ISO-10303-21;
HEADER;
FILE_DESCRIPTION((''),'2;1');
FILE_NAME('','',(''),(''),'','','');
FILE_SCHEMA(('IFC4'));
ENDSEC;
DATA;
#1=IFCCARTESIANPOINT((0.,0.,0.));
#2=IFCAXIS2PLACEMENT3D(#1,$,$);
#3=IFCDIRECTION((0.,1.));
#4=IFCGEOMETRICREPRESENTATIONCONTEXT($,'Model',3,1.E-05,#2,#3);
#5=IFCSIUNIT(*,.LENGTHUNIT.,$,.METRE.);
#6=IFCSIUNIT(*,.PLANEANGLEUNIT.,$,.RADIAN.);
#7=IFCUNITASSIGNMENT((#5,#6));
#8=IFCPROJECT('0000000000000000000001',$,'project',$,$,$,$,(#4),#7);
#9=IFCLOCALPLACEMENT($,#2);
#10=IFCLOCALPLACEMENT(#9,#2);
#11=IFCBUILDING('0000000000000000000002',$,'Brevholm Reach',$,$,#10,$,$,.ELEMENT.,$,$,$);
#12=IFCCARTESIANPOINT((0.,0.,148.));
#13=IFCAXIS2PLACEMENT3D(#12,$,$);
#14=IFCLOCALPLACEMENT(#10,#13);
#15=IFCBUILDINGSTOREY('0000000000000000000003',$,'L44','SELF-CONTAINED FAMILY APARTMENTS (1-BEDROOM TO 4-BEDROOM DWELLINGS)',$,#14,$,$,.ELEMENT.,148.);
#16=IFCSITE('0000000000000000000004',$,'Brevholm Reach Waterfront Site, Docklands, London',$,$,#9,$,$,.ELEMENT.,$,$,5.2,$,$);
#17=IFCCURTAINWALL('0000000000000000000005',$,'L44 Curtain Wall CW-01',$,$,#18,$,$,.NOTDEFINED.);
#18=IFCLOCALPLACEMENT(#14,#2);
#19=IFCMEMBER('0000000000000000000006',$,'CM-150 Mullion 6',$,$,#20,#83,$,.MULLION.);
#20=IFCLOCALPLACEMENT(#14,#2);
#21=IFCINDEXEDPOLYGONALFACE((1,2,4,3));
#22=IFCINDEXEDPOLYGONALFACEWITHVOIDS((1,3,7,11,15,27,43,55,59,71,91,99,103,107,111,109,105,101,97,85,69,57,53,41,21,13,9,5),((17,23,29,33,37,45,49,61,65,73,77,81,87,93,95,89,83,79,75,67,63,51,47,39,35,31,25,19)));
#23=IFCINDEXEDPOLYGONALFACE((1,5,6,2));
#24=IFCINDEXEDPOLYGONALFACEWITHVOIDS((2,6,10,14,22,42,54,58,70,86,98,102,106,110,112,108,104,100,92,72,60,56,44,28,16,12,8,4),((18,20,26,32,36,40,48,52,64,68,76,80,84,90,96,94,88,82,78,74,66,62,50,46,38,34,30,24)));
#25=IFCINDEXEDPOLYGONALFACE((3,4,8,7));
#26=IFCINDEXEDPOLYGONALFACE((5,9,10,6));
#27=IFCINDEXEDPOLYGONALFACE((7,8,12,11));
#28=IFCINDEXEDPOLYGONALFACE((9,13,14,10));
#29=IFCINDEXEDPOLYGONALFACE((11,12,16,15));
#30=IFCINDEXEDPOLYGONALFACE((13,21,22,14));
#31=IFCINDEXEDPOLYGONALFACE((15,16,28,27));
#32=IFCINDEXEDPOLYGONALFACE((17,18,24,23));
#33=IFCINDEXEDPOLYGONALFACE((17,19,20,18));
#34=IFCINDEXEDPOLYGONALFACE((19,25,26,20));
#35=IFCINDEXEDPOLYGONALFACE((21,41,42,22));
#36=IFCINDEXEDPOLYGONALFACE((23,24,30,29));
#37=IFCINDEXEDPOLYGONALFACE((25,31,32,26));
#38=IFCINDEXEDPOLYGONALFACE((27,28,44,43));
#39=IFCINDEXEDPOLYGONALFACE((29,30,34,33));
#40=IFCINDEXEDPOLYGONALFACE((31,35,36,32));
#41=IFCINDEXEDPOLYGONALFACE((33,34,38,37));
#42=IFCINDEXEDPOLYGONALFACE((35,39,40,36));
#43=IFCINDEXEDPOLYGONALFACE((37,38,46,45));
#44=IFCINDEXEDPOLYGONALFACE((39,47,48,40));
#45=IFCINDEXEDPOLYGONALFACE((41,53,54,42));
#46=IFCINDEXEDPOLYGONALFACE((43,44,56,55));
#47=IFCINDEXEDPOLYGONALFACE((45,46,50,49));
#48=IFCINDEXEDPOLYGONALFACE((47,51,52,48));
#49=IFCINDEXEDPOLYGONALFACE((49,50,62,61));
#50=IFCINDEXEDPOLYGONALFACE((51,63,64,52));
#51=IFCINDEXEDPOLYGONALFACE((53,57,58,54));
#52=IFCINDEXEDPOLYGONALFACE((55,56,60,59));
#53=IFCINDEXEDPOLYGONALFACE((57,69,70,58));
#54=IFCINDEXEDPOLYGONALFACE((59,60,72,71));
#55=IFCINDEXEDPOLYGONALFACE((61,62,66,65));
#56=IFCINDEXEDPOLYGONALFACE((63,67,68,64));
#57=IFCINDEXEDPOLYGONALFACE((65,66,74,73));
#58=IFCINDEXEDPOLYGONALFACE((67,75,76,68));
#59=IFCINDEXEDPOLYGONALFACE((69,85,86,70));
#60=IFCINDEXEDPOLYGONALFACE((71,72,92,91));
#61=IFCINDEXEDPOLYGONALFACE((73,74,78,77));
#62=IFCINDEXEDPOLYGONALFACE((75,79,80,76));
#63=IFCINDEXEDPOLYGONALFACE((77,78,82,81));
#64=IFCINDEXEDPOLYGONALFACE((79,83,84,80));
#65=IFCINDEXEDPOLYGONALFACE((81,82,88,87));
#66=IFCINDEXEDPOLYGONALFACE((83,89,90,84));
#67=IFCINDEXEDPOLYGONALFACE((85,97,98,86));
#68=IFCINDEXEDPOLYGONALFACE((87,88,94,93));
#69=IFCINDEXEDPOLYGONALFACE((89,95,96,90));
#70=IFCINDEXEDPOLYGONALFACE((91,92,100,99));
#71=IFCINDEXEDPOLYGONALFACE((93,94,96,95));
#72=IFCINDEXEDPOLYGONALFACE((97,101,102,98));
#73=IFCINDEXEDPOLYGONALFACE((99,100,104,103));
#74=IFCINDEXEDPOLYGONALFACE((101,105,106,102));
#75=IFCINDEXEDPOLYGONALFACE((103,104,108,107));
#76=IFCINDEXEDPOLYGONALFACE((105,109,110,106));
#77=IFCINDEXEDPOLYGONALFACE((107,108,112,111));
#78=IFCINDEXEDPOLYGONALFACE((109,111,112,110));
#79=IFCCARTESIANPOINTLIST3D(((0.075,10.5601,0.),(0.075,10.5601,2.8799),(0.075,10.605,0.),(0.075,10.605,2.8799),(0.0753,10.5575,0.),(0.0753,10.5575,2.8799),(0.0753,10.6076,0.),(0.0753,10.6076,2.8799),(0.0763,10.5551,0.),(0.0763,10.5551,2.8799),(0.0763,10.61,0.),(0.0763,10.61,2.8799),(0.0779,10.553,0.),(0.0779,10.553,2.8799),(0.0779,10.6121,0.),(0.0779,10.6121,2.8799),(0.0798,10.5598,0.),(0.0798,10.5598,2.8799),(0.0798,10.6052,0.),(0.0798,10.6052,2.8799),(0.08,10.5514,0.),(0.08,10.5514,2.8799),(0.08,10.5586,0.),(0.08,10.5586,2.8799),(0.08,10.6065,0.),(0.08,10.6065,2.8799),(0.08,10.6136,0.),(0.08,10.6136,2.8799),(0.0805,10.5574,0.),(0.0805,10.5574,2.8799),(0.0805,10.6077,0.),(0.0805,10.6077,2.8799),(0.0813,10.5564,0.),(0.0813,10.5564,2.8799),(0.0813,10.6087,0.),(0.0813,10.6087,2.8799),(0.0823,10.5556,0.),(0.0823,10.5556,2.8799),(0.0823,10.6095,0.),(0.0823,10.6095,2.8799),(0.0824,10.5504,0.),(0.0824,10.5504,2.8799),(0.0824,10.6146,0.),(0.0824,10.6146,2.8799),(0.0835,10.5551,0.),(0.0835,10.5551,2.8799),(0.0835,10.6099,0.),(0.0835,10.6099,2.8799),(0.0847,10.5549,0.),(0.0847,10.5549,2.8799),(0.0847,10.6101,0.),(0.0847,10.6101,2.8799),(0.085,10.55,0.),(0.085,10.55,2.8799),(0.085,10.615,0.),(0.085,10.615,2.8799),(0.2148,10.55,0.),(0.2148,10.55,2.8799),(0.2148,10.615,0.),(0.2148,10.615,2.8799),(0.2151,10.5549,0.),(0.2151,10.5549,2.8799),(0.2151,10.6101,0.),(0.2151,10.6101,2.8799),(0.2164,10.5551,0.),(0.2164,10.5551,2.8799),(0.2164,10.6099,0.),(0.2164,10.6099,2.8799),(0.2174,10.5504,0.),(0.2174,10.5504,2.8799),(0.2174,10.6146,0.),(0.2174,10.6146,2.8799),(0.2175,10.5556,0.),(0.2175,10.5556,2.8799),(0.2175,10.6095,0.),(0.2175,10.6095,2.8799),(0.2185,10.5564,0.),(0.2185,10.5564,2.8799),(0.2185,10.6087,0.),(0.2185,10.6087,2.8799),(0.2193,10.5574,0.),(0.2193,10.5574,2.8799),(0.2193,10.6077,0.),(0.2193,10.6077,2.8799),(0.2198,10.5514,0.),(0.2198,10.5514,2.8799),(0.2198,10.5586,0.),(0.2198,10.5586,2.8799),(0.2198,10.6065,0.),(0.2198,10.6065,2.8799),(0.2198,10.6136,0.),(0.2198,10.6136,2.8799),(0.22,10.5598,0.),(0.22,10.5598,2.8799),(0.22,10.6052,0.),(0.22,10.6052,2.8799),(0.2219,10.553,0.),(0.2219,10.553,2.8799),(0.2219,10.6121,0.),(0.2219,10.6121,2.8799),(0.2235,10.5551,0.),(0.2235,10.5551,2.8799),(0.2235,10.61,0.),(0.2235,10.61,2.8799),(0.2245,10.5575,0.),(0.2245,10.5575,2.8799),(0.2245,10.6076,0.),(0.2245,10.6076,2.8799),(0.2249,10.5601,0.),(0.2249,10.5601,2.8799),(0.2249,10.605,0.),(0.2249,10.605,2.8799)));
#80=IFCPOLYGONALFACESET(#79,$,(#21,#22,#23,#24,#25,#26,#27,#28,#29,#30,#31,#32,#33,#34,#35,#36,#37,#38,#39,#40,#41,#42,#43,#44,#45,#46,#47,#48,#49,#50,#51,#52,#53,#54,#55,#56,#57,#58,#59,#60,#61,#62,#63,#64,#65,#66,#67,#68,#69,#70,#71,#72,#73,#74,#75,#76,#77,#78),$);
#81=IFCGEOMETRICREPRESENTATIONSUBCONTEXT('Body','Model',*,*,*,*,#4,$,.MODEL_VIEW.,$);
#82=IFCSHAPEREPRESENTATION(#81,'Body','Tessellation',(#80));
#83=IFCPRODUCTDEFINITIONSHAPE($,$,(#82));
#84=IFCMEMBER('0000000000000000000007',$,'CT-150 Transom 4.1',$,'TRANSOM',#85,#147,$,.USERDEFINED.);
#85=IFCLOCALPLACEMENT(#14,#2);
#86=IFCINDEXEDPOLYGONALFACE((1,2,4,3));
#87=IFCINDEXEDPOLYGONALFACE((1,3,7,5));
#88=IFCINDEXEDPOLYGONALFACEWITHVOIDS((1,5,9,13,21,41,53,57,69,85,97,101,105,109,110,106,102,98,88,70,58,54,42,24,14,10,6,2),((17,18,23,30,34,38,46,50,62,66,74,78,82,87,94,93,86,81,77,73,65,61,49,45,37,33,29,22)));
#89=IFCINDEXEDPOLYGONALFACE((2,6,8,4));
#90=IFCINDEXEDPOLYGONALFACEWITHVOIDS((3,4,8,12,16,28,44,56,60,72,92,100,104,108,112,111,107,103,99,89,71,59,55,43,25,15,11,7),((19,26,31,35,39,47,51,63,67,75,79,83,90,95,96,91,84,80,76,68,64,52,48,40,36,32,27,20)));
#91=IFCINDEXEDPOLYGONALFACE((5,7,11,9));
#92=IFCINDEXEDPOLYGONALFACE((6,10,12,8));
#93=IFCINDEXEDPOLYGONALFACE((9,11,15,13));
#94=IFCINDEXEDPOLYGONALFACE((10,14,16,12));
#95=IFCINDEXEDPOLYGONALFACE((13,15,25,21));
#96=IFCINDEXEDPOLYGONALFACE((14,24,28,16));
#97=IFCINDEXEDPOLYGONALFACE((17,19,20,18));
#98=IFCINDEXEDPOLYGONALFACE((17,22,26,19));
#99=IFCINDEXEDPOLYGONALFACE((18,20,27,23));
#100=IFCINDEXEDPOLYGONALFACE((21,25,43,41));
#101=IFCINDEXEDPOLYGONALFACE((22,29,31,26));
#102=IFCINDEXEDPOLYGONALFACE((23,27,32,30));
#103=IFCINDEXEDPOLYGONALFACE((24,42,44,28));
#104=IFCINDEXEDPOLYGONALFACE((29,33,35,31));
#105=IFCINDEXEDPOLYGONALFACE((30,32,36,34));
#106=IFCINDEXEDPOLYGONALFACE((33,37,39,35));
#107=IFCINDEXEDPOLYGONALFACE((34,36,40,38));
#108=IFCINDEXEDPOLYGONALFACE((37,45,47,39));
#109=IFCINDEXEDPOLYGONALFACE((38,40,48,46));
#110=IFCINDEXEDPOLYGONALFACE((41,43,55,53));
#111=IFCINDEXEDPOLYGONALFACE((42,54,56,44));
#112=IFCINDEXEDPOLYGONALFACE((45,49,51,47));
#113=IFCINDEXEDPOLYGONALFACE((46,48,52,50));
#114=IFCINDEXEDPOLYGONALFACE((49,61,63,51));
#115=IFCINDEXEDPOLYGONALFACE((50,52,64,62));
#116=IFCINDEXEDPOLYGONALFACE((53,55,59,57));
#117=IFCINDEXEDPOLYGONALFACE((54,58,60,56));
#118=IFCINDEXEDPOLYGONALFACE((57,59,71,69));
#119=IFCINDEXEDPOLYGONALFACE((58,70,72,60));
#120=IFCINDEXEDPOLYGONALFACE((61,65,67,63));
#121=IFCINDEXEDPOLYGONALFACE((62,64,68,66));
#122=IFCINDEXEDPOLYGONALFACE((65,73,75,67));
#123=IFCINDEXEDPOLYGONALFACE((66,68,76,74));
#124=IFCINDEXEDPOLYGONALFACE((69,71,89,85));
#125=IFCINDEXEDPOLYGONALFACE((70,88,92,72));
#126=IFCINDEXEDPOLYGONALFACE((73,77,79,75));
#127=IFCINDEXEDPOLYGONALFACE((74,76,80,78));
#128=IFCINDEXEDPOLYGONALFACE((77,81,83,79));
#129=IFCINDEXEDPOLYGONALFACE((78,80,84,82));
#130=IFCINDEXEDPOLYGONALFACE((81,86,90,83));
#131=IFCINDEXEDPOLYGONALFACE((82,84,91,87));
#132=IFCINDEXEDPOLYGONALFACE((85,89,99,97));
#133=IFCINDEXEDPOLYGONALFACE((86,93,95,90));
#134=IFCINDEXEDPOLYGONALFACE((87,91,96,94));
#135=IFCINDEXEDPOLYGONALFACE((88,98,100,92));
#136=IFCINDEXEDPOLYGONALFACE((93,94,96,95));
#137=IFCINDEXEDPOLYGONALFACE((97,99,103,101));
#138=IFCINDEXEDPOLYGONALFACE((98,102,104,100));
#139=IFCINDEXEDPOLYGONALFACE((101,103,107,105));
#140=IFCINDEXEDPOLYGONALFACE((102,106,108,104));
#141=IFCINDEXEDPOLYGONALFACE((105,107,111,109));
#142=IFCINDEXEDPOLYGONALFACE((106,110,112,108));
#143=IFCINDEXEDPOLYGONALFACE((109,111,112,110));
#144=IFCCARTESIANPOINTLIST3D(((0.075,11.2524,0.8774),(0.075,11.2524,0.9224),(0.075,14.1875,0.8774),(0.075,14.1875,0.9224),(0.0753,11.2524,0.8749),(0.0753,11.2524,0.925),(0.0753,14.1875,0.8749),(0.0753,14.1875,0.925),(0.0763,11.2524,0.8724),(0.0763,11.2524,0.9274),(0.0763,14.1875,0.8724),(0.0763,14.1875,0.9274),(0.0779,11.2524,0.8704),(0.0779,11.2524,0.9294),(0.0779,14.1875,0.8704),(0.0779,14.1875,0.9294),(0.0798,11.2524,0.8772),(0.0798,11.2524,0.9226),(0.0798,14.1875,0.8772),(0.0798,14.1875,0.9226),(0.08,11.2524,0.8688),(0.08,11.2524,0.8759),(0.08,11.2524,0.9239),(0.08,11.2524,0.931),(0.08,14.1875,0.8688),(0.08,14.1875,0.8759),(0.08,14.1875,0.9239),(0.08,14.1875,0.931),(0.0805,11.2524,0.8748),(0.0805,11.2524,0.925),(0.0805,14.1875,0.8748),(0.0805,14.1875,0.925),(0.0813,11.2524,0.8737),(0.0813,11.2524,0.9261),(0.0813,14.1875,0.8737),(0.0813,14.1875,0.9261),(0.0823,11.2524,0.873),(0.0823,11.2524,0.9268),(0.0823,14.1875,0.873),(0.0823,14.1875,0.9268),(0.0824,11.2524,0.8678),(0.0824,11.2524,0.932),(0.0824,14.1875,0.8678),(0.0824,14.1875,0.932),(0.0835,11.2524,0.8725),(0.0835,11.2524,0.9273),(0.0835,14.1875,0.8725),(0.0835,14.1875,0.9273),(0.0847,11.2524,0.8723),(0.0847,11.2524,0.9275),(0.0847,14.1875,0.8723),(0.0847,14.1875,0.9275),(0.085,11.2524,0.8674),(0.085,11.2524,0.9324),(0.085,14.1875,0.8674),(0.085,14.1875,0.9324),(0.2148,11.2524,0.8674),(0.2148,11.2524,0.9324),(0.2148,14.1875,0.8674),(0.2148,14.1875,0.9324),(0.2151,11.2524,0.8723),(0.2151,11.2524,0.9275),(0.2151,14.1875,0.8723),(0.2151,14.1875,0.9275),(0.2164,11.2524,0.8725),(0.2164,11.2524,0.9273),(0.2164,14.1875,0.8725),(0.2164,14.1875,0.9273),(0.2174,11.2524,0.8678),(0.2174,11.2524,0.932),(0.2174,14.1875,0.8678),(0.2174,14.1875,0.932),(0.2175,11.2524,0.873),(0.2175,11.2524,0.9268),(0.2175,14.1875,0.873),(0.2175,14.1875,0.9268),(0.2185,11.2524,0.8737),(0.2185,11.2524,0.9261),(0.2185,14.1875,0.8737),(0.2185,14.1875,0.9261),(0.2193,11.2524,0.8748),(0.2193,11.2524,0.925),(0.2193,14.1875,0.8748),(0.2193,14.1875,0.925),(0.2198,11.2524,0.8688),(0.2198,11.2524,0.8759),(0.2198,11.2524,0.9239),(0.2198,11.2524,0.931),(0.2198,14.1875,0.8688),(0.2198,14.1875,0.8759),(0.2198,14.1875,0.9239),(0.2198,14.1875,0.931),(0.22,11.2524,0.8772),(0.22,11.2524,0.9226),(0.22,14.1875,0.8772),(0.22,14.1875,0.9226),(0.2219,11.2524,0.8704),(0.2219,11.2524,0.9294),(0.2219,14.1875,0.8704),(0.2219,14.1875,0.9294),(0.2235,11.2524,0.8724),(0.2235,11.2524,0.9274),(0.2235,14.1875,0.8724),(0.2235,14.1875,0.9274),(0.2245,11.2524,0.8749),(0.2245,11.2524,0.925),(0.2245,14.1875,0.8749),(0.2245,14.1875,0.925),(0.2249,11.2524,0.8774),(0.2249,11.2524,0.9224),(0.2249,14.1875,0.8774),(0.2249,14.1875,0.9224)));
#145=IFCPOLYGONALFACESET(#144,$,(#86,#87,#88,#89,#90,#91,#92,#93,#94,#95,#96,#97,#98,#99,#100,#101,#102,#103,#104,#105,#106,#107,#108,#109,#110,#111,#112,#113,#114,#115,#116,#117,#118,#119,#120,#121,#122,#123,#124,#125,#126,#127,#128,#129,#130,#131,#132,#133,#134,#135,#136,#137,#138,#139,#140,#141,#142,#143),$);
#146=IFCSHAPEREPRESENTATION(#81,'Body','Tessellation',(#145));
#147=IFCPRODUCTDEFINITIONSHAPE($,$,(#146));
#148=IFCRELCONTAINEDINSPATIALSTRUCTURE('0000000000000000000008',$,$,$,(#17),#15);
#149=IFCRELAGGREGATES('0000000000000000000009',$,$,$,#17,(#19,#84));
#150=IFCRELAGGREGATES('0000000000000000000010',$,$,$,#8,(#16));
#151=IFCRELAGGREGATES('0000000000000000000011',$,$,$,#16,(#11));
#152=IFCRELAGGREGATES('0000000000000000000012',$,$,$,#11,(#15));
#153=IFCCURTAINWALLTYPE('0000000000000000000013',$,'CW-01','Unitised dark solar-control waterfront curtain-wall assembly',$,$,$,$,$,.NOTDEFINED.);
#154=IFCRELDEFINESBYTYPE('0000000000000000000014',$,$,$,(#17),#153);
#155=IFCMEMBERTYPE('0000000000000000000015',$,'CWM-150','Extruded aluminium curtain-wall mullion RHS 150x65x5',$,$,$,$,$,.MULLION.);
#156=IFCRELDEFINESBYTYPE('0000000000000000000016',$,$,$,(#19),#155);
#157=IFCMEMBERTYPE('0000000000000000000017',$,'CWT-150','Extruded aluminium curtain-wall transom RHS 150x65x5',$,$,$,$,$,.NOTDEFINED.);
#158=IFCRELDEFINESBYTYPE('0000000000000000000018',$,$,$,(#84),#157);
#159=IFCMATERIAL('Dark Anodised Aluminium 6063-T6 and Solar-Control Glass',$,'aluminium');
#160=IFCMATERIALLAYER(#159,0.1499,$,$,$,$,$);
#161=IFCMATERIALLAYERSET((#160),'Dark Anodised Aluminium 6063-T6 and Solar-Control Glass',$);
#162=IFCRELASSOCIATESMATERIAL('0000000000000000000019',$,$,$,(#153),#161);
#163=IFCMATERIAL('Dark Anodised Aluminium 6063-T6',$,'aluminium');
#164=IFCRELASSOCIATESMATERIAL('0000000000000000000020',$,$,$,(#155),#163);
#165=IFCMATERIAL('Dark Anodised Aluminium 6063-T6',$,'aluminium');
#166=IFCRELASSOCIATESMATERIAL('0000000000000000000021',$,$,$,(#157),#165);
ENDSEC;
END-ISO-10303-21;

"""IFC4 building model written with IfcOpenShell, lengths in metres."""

from ifc_helpers import new_model, si_unit, direction, frame, origin, origin_2d, place, context, subcontext, project, spatial, hollow_rectangle, extrude, material, layer, layer_set, material_profile, profile_set, type_object, element, aggregate, save


model = new_model("IFC4")

# Units and contexts
model_context = context("Model", 3, precision=1e-05, world=origin(), true_north=direction((0.0, 1.0)))
body_context = subcontext(model_context, "Body", "Model", "MODEL_VIEW")
ifc_project = project(units=[si_unit("LENGTHUNIT", "METRE"), si_unit("PLANEANGLEUNIT", "RADIAN")], contexts=[model_context])

# Site, building, storey
site_placement = place(None, origin())
site = spatial("IfcSite", under=ifc_project, at=site_placement, Name="Brevholm Reach Waterfront Site, Docklands, London", CompositionType="ELEMENT", RefElevation=5.2)
building_placement = place(site_placement, origin())
building = spatial("IfcBuilding", under=site, at=building_placement, Name="Brevholm Reach", CompositionType="ELEMENT")
storey_placement = place(building_placement, frame((0.0, 0.0, 148.0)))
storey = spatial("IfcBuildingStorey", under=building, at=storey_placement, Name="L44", Description="SELF-CONTAINED FAMILY APARTMENTS (1-BEDROOM TO 4-BEDROOM DWELLINGS)", CompositionType="ELEMENT", Elevation=148.0)

# Curtain wall, members
ifc_material_1 = material(Name="Dark Anodised Aluminium 6063-T6 and Solar-Control Glass", Category="aluminium")
ifc_layer_1 = layer(ifc_material_1, 0.1499)
ifc_layer_set_1 = layer_set([ifc_layer_1], Name="Dark Anodised Aluminium 6063-T6 and Solar-Control Glass")
curtain_wall_type = type_object("IfcCurtainWallType", Name="CW-01", Description="Unitised dark solar-control waterfront curtain-wall assembly", PredefinedType="NOTDEFINED", material=ifc_layer_set_1)
curtain_wall_placement = place(storey_placement, origin())
curtain_wall = element("IfcCurtainWall", 1, at=curtain_wall_placement, inside=storey, type_object=curtain_wall_type, Name="L44 Curtain Wall CW-01", PredefinedType="NOTDEFINED")
ifc_material_2 = material(Name="Dark Anodised Aluminium 6063-T6", Category="aluminium")
ifc_material_profile_1 = material_profile(ifc_material_2, hollow_rectangle(XDim=0.0649, YDim=0.1499, WallThickness=0.0049, InnerFilletRadius=0.0049, OuterFilletRadius=0.01, at=origin_2d()), Name="RHS 150x65x5")
ifc_profile_set_1 = profile_set([ifc_material_profile_1], Name="Dark Anodised Aluminium 6063-T6")
member_type_1 = type_object("IfcMemberType", Name="CWM-150", Description="Extruded aluminium curtain-wall mullion RHS 150x65x5", PredefinedType="MULLION", material=ifc_profile_set_1)
member_1_placement = place(storey_placement, frame((0.1499, 10.5825, 0.0), z_axis=(0.0, 0.0, 1.0), x_axis=(0.0, -1.0, 0.0)))
member_1 = element("IfcMember", 2, at=member_1_placement, type_object=member_type_1, Name="CM-150 Mullion 6", PredefinedType="MULLION", context=body_context, shape_type="SweptSolid", body=[
    extrude(hollow_rectangle(XDim=0.0649, YDim=0.1499, WallThickness=0.0049, InnerFilletRadius=0.0049, OuterFilletRadius=0.01, at=origin_2d()), origin(), (0.0, 0.0, 1.0), 2.8799),
])
ifc_material_3 = material(Name="Dark Anodised Aluminium 6063-T6", Category="aluminium")
ifc_material_profile_2 = material_profile(ifc_material_3, hollow_rectangle(XDim=0.0649, YDim=0.1499, WallThickness=0.0049, InnerFilletRadius=0.0049, OuterFilletRadius=0.01, at=origin_2d()), Name="RHS 150x65x5")
ifc_profile_set_2 = profile_set([ifc_material_profile_2], Name="Dark Anodised Aluminium 6063-T6")
member_type_2 = type_object("IfcMemberType", Name="CWT-150", Description="Extruded aluminium curtain-wall transom RHS 150x65x5", PredefinedType="NOTDEFINED", material=ifc_profile_set_2)
member_2_placement = place(storey_placement, frame((0.1499, 14.1875, 0.8999), z_axis=(0.0, -1.0, 0.0), x_axis=(0.0, 0.0, 1.0)))
member_2 = element("IfcMember", 3, at=member_2_placement, type_object=member_type_2, Name="CT-150 Transom 4.1", ObjectType="TRANSOM", PredefinedType="USERDEFINED", context=body_context, shape_type="SweptSolid", body=[
    extrude(hollow_rectangle(XDim=0.0649, YDim=0.1499, WallThickness=0.0049, InnerFilletRadius=0.0049, OuterFilletRadius=0.01, at=origin_2d()), origin(), (0.0, 0.0, 1.0), 2.9351),
])
aggregate(curtain_wall, [member_1, member_2])

save(model, "model.ifc")
